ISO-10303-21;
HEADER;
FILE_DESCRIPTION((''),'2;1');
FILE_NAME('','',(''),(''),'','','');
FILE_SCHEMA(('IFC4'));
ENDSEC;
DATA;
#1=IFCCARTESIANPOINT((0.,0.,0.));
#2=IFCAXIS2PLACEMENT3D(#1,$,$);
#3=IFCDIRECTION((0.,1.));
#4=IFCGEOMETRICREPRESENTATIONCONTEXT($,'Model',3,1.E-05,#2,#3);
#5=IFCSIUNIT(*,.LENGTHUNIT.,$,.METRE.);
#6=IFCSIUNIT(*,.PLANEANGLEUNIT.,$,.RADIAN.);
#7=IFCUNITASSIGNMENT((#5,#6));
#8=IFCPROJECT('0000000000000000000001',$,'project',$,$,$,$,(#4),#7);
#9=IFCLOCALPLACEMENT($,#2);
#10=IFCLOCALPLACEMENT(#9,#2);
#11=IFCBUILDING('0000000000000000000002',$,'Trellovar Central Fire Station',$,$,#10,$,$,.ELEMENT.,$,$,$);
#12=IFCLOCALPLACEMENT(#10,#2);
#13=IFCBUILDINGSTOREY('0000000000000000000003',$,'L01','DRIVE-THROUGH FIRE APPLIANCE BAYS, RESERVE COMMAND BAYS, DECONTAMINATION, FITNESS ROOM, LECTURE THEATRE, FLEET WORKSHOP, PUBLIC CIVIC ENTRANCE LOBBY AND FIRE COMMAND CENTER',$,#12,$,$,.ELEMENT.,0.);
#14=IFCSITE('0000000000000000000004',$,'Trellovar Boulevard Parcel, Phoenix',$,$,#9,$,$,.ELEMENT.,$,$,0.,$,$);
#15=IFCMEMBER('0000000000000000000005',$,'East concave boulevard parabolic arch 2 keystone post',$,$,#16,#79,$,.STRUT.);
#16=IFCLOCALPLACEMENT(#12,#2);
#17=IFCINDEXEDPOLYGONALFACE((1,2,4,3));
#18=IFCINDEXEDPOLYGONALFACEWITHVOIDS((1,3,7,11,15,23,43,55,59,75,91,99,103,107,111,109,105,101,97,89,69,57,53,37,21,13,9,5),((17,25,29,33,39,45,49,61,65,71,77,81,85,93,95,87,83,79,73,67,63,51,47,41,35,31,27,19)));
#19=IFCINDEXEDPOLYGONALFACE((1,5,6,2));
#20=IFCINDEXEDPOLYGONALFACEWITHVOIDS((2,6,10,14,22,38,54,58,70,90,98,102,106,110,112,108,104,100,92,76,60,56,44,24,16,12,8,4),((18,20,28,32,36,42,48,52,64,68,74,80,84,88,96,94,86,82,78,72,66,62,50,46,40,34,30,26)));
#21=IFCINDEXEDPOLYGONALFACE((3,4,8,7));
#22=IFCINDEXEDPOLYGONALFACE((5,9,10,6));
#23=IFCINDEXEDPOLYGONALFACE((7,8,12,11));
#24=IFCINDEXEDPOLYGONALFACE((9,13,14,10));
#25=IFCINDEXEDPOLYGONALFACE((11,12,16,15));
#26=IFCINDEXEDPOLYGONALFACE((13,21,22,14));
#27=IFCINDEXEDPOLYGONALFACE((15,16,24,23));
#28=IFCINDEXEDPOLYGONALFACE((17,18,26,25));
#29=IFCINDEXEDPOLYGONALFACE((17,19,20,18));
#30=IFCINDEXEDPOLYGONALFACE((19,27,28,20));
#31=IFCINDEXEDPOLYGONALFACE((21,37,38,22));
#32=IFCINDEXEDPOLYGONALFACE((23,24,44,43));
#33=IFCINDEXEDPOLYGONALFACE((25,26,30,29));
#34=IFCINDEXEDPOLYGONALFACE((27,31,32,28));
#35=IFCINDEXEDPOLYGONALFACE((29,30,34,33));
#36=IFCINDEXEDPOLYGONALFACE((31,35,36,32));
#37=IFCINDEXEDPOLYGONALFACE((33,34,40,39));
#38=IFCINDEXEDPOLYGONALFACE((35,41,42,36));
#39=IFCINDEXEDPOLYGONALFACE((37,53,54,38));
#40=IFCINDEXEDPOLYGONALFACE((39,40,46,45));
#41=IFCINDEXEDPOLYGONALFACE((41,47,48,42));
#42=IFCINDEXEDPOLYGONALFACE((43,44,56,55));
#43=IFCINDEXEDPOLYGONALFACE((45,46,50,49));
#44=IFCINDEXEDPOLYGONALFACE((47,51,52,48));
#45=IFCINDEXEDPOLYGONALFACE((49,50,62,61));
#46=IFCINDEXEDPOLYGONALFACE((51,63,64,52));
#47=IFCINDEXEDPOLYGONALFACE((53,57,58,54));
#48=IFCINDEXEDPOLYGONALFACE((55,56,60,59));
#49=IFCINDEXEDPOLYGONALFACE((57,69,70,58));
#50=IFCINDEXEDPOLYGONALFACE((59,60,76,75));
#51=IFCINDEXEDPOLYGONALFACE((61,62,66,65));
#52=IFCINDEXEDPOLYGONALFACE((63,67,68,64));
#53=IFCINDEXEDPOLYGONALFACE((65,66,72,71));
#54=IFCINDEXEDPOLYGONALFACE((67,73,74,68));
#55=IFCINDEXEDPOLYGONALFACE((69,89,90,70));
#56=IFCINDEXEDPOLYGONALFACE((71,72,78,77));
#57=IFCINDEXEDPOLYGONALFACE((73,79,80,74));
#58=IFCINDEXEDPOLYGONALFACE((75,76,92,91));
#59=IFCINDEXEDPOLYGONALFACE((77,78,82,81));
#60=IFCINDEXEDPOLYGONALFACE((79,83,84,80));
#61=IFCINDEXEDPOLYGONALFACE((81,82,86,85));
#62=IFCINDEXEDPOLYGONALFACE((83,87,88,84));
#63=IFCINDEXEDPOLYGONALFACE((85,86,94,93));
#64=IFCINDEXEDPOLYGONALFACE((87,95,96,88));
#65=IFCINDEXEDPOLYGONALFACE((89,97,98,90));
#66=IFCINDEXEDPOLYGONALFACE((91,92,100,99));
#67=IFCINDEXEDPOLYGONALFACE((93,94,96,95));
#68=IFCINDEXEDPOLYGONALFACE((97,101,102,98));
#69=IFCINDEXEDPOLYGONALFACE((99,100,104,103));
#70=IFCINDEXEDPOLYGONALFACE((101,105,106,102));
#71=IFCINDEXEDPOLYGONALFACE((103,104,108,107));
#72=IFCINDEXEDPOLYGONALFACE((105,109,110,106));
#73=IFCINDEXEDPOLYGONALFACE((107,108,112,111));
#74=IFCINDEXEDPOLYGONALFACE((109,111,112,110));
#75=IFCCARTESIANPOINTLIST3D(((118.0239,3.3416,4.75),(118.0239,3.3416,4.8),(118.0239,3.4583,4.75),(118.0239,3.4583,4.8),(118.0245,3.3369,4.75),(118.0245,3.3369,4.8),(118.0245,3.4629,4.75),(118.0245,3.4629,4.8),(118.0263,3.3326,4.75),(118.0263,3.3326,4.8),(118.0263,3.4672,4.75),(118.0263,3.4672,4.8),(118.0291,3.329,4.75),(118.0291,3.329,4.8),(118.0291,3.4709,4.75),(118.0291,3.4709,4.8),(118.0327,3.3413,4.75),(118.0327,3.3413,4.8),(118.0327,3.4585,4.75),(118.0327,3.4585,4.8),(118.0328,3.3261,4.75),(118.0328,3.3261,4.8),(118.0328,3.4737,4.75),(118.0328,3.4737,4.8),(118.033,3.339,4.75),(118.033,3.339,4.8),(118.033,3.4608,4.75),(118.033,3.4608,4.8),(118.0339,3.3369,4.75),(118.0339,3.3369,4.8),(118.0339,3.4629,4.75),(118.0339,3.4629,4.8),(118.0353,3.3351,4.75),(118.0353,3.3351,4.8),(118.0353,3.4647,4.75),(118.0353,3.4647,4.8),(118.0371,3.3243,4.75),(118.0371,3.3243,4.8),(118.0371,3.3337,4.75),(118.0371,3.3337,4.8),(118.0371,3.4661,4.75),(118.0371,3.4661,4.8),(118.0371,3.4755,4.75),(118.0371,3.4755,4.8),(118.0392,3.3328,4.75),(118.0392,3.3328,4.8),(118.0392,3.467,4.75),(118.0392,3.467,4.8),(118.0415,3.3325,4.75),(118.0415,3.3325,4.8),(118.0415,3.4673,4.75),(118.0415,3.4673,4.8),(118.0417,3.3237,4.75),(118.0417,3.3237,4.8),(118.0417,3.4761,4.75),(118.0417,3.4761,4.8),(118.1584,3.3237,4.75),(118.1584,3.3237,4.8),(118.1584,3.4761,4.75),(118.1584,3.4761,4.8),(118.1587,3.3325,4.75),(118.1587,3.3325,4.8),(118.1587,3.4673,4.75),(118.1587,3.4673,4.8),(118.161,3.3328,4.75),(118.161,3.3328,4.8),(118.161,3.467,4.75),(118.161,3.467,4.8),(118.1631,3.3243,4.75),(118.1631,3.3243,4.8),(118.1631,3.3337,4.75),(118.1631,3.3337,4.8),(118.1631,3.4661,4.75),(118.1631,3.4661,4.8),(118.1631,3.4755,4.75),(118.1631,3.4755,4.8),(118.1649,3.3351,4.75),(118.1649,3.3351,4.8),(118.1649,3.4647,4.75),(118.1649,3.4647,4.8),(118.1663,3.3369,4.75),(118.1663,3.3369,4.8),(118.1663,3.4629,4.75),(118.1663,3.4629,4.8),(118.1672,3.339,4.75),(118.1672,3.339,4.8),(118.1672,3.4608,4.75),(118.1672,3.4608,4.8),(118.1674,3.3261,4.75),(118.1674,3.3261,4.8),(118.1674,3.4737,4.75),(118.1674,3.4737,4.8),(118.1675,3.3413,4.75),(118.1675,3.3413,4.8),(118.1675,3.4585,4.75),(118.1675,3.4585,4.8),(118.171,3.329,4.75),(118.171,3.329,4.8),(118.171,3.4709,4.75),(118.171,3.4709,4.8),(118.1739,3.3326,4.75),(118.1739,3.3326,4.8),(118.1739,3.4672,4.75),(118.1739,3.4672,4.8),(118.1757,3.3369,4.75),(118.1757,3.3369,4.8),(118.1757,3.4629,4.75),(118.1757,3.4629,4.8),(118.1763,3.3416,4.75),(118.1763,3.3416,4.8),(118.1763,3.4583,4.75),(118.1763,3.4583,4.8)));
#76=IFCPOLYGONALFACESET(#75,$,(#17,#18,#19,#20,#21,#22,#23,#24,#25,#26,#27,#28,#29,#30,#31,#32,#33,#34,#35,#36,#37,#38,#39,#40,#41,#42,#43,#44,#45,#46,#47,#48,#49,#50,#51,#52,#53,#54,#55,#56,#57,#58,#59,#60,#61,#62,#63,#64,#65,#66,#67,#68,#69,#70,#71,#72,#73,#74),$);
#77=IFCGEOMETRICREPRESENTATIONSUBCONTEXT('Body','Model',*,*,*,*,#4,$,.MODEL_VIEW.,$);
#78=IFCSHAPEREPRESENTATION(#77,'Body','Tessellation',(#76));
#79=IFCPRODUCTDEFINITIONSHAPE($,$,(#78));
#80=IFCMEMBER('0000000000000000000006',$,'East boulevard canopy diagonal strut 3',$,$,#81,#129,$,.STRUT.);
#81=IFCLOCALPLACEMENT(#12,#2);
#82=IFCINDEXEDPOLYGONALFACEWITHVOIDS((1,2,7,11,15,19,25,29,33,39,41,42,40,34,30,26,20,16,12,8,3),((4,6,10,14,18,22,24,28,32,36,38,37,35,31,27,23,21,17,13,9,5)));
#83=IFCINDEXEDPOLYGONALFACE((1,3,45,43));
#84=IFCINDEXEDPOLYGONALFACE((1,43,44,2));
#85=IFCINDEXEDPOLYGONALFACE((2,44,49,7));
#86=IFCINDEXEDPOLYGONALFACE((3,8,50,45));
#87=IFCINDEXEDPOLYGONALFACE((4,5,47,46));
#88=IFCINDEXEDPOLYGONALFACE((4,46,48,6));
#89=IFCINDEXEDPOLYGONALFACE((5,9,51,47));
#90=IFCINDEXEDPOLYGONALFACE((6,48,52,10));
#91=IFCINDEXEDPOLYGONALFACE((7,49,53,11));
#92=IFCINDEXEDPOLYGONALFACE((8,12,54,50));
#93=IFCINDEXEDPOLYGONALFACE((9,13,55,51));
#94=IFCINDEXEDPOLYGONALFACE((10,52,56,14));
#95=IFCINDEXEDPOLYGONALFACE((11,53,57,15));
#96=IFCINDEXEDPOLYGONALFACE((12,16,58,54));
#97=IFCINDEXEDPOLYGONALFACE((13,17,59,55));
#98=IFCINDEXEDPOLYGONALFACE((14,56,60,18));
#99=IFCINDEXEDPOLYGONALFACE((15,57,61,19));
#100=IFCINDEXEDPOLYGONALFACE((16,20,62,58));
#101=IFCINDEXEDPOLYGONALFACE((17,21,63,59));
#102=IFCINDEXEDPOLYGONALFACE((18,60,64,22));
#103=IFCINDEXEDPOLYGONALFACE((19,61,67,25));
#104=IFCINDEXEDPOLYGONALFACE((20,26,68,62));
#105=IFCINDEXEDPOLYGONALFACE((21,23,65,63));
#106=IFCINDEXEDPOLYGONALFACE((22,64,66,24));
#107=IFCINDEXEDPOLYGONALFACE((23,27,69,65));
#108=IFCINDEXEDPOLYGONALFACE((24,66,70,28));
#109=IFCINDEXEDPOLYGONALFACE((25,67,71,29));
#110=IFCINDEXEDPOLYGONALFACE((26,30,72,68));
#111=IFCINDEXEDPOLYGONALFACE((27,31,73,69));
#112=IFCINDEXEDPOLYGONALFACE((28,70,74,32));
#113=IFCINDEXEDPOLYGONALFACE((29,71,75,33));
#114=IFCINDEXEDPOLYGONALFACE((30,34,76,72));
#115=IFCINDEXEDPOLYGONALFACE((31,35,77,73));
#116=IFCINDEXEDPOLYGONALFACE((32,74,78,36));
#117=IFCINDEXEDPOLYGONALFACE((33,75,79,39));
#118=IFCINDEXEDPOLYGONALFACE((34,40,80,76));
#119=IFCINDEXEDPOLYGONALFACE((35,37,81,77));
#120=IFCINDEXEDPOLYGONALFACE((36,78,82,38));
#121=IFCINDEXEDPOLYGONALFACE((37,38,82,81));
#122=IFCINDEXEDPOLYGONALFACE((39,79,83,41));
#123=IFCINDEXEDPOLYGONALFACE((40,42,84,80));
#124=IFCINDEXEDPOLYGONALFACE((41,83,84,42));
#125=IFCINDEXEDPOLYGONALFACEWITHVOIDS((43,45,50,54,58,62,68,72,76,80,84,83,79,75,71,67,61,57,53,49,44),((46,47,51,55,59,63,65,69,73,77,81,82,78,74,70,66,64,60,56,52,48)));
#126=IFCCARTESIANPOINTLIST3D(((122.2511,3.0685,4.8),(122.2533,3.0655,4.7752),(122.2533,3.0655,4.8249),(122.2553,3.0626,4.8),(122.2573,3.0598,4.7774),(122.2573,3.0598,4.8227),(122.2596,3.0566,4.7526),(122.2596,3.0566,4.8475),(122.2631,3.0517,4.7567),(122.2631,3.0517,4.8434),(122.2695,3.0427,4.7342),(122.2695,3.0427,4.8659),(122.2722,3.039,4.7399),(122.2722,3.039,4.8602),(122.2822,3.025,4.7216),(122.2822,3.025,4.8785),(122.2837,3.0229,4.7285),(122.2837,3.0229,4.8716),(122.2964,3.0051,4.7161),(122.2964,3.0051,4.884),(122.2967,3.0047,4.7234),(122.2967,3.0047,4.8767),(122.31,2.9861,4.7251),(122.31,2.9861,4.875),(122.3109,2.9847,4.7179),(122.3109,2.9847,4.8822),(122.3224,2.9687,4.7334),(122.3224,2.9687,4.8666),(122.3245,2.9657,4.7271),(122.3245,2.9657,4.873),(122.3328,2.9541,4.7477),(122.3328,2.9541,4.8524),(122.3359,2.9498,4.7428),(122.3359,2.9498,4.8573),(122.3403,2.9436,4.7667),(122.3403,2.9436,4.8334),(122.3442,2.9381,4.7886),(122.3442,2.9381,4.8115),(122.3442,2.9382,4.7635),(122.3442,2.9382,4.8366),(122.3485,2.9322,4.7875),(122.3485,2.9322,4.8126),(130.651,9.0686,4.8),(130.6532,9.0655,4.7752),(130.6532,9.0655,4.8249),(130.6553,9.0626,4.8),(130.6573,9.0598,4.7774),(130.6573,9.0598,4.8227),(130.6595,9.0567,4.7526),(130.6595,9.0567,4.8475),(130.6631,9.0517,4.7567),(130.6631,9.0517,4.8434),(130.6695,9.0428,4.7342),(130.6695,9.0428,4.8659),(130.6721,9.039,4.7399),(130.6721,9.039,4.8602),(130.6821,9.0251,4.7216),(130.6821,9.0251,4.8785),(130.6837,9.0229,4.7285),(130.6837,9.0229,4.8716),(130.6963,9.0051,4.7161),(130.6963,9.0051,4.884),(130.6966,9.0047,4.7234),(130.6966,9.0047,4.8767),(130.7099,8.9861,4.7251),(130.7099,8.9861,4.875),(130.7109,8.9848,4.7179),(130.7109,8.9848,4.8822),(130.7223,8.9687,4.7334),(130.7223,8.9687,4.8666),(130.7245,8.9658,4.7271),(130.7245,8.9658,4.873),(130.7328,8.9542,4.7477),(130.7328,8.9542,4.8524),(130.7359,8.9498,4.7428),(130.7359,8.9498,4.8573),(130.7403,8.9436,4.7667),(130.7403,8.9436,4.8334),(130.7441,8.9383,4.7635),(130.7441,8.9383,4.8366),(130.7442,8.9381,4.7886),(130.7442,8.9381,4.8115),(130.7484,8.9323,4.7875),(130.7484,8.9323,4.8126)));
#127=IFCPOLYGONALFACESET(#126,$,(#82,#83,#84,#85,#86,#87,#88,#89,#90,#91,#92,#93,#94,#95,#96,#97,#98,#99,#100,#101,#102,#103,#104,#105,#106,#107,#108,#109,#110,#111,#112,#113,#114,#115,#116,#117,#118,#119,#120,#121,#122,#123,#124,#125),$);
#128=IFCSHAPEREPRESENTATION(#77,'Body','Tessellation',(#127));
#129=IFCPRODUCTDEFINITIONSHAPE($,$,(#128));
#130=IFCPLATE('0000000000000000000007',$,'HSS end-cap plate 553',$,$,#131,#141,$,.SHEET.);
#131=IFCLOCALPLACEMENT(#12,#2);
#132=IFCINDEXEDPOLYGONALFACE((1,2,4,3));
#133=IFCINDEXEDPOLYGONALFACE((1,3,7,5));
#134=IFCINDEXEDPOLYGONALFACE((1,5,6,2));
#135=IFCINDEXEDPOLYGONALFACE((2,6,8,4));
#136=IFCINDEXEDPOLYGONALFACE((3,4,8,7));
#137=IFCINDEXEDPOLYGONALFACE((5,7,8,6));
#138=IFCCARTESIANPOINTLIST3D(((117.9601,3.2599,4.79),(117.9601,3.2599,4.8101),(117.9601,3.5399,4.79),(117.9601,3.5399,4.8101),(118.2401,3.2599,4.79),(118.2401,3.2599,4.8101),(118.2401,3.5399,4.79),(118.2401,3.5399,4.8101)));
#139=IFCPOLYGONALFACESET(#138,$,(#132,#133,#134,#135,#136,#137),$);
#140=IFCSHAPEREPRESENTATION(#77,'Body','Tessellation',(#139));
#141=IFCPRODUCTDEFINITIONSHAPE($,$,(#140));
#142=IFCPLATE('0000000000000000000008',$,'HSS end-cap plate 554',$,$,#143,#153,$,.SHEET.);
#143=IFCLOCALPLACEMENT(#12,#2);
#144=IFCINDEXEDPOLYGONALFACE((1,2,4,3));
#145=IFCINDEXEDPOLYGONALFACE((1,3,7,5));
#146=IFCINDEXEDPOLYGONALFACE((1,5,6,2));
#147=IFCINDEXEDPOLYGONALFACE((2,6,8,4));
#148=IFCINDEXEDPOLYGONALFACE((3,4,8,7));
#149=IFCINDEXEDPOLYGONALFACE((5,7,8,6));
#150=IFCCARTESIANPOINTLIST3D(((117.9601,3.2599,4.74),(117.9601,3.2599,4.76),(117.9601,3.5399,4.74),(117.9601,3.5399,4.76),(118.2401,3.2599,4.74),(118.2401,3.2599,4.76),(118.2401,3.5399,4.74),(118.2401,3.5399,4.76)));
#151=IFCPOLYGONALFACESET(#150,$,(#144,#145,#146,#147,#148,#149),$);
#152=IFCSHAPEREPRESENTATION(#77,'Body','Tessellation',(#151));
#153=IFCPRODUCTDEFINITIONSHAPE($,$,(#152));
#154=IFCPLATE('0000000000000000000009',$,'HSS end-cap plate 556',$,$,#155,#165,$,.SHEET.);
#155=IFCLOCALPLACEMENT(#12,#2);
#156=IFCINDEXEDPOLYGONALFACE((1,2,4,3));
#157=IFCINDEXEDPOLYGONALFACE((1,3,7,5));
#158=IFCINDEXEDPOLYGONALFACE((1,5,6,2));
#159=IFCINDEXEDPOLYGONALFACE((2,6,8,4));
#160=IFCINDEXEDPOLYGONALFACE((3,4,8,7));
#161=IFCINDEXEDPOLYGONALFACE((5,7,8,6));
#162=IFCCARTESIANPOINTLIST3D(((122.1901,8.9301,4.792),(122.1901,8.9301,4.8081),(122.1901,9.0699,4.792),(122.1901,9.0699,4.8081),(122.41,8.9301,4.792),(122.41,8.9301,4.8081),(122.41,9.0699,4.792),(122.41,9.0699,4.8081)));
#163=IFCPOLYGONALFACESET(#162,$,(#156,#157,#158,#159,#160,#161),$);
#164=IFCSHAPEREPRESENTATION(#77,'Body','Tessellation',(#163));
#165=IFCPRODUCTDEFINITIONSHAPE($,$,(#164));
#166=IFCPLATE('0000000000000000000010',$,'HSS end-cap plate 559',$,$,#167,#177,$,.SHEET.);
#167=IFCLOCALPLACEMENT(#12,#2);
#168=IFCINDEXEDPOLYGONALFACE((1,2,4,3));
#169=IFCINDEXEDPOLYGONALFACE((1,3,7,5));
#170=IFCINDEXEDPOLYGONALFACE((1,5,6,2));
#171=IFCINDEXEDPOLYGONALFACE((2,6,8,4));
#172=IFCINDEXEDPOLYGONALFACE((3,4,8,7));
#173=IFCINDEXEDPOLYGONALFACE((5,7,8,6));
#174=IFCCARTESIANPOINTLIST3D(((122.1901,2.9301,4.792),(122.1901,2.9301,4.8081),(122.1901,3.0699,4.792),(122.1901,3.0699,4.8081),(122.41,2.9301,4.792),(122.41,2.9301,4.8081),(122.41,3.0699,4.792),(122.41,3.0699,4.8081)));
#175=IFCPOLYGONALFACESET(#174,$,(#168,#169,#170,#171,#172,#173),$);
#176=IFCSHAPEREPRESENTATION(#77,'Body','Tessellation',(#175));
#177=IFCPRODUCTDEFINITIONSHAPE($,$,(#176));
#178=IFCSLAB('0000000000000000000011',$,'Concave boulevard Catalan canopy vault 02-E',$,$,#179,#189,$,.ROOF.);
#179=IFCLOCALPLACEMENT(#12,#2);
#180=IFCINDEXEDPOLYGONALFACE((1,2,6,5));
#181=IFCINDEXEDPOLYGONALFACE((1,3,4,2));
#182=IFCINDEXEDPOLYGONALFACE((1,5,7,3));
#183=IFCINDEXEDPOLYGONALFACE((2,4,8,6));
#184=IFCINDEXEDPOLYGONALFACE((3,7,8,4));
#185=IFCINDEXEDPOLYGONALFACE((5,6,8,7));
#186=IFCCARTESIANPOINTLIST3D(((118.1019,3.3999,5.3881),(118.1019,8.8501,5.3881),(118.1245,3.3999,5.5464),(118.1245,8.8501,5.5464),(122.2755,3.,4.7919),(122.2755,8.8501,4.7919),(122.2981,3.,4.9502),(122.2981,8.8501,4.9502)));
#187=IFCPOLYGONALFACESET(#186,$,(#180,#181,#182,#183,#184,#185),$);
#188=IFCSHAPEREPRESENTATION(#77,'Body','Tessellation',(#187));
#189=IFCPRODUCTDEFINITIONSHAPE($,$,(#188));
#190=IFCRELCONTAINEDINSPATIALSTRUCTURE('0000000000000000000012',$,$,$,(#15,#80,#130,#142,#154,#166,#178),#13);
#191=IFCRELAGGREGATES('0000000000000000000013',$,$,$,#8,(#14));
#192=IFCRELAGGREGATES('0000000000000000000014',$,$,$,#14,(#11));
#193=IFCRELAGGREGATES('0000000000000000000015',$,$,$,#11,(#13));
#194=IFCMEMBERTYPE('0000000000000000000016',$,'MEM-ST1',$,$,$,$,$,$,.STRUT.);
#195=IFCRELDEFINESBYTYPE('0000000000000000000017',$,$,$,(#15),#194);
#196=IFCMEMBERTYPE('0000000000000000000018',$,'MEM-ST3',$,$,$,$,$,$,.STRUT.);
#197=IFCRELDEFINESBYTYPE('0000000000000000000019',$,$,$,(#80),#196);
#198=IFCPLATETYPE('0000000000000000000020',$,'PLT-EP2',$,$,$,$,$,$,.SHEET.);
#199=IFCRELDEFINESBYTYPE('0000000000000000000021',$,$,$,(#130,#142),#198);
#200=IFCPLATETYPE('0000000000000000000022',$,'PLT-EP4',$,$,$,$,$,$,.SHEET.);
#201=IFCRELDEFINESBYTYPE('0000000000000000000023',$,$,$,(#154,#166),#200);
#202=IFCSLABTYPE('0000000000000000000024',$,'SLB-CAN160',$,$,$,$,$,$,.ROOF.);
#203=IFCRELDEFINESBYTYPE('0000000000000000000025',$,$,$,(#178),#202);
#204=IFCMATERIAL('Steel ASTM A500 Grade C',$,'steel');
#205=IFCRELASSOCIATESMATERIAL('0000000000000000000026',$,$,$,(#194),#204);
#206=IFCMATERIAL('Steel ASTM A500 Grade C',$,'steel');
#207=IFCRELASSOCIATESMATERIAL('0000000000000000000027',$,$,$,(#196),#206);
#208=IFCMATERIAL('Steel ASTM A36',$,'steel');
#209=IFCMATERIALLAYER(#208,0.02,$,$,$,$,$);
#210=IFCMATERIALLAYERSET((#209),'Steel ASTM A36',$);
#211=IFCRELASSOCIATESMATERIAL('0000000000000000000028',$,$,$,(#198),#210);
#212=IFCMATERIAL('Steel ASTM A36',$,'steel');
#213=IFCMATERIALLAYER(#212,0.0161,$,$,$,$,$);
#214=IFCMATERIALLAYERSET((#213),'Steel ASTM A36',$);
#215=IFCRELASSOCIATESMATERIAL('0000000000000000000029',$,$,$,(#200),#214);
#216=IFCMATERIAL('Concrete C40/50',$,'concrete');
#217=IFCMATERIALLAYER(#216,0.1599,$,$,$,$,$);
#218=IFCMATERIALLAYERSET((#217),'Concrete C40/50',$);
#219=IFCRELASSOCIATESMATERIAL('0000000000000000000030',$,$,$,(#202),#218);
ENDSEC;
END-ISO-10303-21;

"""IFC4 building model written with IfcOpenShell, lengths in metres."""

from ifc_helpers import new_model, si_unit, direction, frame, origin, origin_2d, place, context, subcontext, project, spatial, polyline, rectangle, hollow_rectangle, hollow_circle, outline, extrude, material, layer, layer_set, material_profile, profile_set, type_object, element, save


model = new_model("IFC4")

# Units and contexts
model_context = context("Model", 3, precision=1e-05, world=origin(), true_north=direction((0.0, 1.0)))
body_context = subcontext(model_context, "Body", "Model", "MODEL_VIEW")
ifc_project = project(units=[si_unit("LENGTHUNIT", "METRE"), si_unit("PLANEANGLEUNIT", "RADIAN")], contexts=[model_context])

# Site, building, storey
site_placement = place(None, origin())
site = spatial("IfcSite", under=ifc_project, at=site_placement, Name="Trellovar Boulevard Parcel, Phoenix", CompositionType="ELEMENT", RefElevation=0.0)
building_placement = place(site_placement, origin())
building = spatial("IfcBuilding", under=site, at=building_placement, Name="Trellovar Central Fire Station", CompositionType="ELEMENT")
storey_placement = place(building_placement, origin())
storey = spatial("IfcBuildingStorey", under=building, at=storey_placement, Name="L01", Description="DRIVE-THROUGH FIRE APPLIANCE BAYS, RESERVE COMMAND BAYS, DECONTAMINATION, FITNESS ROOM, LECTURE THEATRE, FLEET WORKSHOP, PUBLIC CIVIC ENTRANCE LOBBY AND FIRE COMMAND CENTER", CompositionType="ELEMENT", Elevation=0.0)

# Members
ifc_material_1 = material(Name="Steel ASTM A500 Grade C", Category="steel")
ifc_material_profile_1 = material_profile(ifc_material_1, hollow_rectangle(XDim=0.1523, YDim=0.1523, WallThickness=0.0088, InnerFilletRadius=0.0088, OuterFilletRadius=0.0178, at=origin_2d()), Name="HSS6X6X3/8")
ifc_profile_set_1 = profile_set([ifc_material_profile_1], Name="Steel ASTM A500 Grade C")
member_type_1 = type_object("IfcMemberType", Name="MEM-ST1", PredefinedType="STRUT", material=ifc_profile_set_1)
member_1_placement = place(storey_placement, frame((118.1001, 3.3999, 4.8), z_axis=(0.0, 0.0, -1.0), x_axis=(1.0, 0.0, 0.0)))
element("IfcMember", 1, at=member_1_placement, inside=storey, type_object=member_type_1, Name="East concave boulevard parabolic arch 2 keystone post", PredefinedType="STRUT", context=body_context, shape_type="SweptSolid", body=[
    extrude(hollow_rectangle(XDim=0.1523, YDim=0.1523, WallThickness=0.0088, InnerFilletRadius=0.0088, OuterFilletRadius=0.0178, at=origin_2d()), origin(), (0.0, 0.0, 1.0), 0.05),
])
ifc_material_2 = material(Name="Steel ASTM A500 Grade C", Category="steel")
ifc_material_profile_2 = material_profile(ifc_material_2, hollow_circle(Radius=0.0842, WallThickness=0.0073, at=origin_2d()), Name="HSS6.625X0.312")
ifc_profile_set_2 = profile_set([ifc_material_profile_2], Name="Steel ASTM A500 Grade C")
member_type_2 = type_object("IfcMemberType", Name="MEM-ST3", PredefinedType="STRUT", material=ifc_profile_set_2)
member_2_placement = place(storey_placement, frame((122.3, 3.0, 4.8), z_axis=(0.81373, 0.581243, 0.0), x_axis=(-0.581243, 0.81373, 0.0)))
element("IfcMember", 2, at=member_2_placement, inside=storey, type_object=member_type_2, Name="East boulevard canopy diagonal strut 3", PredefinedType="STRUT", context=body_context, shape_type="SweptSolid", body=[
    extrude(hollow_circle(Radius=0.0842, WallThickness=0.0073, at=origin_2d()), origin(), (0.0, 0.0, 1.0), 10.3228),
])

# Plates
ifc_material_3 = material(Name="Steel ASTM A36", Category="steel")
ifc_layer_1 = layer(ifc_material_3, 0.02)
ifc_layer_set_1 = layer_set([ifc_layer_1], Name="Steel ASTM A36")
plate_type_1 = type_object("IfcPlateType", Name="PLT-EP2", PredefinedType="SHEET", material=ifc_layer_set_1)
for number, where, z_axis, x_axis, name in (
    (3, (118.1001, 3.3999, 4.79), (0.0, 0.0, 1.0), (1.0, 0.0, 0.0), "HSS end-cap plate 553"),
    (4, (118.1001, 3.3999, 4.74), (0.0, 0.0, 1.0), (1.0, 0.0, 0.0), "HSS end-cap plate 554"),
):
    element("IfcPlate", number, at=place(storey_placement, frame(where, z_axis=z_axis, x_axis=x_axis)), inside=storey, type_object=plate_type_1, Name=name, PredefinedType="SHEET", context=body_context, shape_type="SweptSolid", body=[
        extrude(rectangle(XDim=0.28, YDim=0.28, at=origin_2d()), origin(), (0.0, 0.0, 1.0), 0.02),
    ])
ifc_material_4 = material(Name="Steel ASTM A36", Category="steel")
ifc_layer_2 = layer(ifc_material_4, 0.0161)
ifc_layer_set_2 = layer_set([ifc_layer_2], Name="Steel ASTM A36")
plate_type_2 = type_object("IfcPlateType", Name="PLT-EP4", PredefinedType="SHEET", material=ifc_layer_set_2)
for number, where, z_axis, x_axis, name in (
    (5, (122.3, 9.0, 4.792), (0.0, 0.0, 1.0), (1.0, 0.0, 0.0), "HSS end-cap plate 556"),
    (6, (122.3, 3.0, 4.792), (0.0, 0.0, 1.0), (1.0, 0.0, 0.0), "HSS end-cap plate 559"),
):
    element("IfcPlate", number, at=place(storey_placement, frame(where, z_axis=z_axis, x_axis=x_axis)), inside=storey, type_object=plate_type_2, Name=name, PredefinedType="SHEET", context=body_context, shape_type="SweptSolid", body=[
        extrude(rectangle(XDim=0.22, YDim=0.1399, at=origin_2d()), origin(), (0.0, 0.0, 1.0), 0.0161),
    ])

# Slab
ifc_material_5 = material(Name="Concrete C40/50", Category="concrete")
ifc_layer_3 = layer(ifc_material_5, 0.1599)
ifc_layer_set_3 = layer_set([ifc_layer_3], Name="Concrete C40/50")
slab_type = type_object("IfcSlabType", Name="SLB-CAN160", PredefinedType="ROOF", material=ifc_layer_set_3)
slab_1_placement = place(storey_placement, frame((118.1245, 3.3999, 5.5464), z_axis=(0.141413, 0.0, 0.989951), x_axis=(0.985527, -0.094431, -0.140781)))
element("IfcSlab", 7, at=slab_1_placement, inside=storey, type_object=slab_type, Name="Concave boulevard Catalan canopy vault 02-E", PredefinedType="ROOF", context=body_context, shape_type="SweptSolid", body=[
    extrude(outline(polyline([(0.0, 0.0), (4.2349, 0.0), (3.6824, 5.824), (-0.5147, 5.4258), (0.0, 0.0)])), origin(), (0.0, 0.0, -1.0), 0.1599),
])

save(model, "model.ifc")
